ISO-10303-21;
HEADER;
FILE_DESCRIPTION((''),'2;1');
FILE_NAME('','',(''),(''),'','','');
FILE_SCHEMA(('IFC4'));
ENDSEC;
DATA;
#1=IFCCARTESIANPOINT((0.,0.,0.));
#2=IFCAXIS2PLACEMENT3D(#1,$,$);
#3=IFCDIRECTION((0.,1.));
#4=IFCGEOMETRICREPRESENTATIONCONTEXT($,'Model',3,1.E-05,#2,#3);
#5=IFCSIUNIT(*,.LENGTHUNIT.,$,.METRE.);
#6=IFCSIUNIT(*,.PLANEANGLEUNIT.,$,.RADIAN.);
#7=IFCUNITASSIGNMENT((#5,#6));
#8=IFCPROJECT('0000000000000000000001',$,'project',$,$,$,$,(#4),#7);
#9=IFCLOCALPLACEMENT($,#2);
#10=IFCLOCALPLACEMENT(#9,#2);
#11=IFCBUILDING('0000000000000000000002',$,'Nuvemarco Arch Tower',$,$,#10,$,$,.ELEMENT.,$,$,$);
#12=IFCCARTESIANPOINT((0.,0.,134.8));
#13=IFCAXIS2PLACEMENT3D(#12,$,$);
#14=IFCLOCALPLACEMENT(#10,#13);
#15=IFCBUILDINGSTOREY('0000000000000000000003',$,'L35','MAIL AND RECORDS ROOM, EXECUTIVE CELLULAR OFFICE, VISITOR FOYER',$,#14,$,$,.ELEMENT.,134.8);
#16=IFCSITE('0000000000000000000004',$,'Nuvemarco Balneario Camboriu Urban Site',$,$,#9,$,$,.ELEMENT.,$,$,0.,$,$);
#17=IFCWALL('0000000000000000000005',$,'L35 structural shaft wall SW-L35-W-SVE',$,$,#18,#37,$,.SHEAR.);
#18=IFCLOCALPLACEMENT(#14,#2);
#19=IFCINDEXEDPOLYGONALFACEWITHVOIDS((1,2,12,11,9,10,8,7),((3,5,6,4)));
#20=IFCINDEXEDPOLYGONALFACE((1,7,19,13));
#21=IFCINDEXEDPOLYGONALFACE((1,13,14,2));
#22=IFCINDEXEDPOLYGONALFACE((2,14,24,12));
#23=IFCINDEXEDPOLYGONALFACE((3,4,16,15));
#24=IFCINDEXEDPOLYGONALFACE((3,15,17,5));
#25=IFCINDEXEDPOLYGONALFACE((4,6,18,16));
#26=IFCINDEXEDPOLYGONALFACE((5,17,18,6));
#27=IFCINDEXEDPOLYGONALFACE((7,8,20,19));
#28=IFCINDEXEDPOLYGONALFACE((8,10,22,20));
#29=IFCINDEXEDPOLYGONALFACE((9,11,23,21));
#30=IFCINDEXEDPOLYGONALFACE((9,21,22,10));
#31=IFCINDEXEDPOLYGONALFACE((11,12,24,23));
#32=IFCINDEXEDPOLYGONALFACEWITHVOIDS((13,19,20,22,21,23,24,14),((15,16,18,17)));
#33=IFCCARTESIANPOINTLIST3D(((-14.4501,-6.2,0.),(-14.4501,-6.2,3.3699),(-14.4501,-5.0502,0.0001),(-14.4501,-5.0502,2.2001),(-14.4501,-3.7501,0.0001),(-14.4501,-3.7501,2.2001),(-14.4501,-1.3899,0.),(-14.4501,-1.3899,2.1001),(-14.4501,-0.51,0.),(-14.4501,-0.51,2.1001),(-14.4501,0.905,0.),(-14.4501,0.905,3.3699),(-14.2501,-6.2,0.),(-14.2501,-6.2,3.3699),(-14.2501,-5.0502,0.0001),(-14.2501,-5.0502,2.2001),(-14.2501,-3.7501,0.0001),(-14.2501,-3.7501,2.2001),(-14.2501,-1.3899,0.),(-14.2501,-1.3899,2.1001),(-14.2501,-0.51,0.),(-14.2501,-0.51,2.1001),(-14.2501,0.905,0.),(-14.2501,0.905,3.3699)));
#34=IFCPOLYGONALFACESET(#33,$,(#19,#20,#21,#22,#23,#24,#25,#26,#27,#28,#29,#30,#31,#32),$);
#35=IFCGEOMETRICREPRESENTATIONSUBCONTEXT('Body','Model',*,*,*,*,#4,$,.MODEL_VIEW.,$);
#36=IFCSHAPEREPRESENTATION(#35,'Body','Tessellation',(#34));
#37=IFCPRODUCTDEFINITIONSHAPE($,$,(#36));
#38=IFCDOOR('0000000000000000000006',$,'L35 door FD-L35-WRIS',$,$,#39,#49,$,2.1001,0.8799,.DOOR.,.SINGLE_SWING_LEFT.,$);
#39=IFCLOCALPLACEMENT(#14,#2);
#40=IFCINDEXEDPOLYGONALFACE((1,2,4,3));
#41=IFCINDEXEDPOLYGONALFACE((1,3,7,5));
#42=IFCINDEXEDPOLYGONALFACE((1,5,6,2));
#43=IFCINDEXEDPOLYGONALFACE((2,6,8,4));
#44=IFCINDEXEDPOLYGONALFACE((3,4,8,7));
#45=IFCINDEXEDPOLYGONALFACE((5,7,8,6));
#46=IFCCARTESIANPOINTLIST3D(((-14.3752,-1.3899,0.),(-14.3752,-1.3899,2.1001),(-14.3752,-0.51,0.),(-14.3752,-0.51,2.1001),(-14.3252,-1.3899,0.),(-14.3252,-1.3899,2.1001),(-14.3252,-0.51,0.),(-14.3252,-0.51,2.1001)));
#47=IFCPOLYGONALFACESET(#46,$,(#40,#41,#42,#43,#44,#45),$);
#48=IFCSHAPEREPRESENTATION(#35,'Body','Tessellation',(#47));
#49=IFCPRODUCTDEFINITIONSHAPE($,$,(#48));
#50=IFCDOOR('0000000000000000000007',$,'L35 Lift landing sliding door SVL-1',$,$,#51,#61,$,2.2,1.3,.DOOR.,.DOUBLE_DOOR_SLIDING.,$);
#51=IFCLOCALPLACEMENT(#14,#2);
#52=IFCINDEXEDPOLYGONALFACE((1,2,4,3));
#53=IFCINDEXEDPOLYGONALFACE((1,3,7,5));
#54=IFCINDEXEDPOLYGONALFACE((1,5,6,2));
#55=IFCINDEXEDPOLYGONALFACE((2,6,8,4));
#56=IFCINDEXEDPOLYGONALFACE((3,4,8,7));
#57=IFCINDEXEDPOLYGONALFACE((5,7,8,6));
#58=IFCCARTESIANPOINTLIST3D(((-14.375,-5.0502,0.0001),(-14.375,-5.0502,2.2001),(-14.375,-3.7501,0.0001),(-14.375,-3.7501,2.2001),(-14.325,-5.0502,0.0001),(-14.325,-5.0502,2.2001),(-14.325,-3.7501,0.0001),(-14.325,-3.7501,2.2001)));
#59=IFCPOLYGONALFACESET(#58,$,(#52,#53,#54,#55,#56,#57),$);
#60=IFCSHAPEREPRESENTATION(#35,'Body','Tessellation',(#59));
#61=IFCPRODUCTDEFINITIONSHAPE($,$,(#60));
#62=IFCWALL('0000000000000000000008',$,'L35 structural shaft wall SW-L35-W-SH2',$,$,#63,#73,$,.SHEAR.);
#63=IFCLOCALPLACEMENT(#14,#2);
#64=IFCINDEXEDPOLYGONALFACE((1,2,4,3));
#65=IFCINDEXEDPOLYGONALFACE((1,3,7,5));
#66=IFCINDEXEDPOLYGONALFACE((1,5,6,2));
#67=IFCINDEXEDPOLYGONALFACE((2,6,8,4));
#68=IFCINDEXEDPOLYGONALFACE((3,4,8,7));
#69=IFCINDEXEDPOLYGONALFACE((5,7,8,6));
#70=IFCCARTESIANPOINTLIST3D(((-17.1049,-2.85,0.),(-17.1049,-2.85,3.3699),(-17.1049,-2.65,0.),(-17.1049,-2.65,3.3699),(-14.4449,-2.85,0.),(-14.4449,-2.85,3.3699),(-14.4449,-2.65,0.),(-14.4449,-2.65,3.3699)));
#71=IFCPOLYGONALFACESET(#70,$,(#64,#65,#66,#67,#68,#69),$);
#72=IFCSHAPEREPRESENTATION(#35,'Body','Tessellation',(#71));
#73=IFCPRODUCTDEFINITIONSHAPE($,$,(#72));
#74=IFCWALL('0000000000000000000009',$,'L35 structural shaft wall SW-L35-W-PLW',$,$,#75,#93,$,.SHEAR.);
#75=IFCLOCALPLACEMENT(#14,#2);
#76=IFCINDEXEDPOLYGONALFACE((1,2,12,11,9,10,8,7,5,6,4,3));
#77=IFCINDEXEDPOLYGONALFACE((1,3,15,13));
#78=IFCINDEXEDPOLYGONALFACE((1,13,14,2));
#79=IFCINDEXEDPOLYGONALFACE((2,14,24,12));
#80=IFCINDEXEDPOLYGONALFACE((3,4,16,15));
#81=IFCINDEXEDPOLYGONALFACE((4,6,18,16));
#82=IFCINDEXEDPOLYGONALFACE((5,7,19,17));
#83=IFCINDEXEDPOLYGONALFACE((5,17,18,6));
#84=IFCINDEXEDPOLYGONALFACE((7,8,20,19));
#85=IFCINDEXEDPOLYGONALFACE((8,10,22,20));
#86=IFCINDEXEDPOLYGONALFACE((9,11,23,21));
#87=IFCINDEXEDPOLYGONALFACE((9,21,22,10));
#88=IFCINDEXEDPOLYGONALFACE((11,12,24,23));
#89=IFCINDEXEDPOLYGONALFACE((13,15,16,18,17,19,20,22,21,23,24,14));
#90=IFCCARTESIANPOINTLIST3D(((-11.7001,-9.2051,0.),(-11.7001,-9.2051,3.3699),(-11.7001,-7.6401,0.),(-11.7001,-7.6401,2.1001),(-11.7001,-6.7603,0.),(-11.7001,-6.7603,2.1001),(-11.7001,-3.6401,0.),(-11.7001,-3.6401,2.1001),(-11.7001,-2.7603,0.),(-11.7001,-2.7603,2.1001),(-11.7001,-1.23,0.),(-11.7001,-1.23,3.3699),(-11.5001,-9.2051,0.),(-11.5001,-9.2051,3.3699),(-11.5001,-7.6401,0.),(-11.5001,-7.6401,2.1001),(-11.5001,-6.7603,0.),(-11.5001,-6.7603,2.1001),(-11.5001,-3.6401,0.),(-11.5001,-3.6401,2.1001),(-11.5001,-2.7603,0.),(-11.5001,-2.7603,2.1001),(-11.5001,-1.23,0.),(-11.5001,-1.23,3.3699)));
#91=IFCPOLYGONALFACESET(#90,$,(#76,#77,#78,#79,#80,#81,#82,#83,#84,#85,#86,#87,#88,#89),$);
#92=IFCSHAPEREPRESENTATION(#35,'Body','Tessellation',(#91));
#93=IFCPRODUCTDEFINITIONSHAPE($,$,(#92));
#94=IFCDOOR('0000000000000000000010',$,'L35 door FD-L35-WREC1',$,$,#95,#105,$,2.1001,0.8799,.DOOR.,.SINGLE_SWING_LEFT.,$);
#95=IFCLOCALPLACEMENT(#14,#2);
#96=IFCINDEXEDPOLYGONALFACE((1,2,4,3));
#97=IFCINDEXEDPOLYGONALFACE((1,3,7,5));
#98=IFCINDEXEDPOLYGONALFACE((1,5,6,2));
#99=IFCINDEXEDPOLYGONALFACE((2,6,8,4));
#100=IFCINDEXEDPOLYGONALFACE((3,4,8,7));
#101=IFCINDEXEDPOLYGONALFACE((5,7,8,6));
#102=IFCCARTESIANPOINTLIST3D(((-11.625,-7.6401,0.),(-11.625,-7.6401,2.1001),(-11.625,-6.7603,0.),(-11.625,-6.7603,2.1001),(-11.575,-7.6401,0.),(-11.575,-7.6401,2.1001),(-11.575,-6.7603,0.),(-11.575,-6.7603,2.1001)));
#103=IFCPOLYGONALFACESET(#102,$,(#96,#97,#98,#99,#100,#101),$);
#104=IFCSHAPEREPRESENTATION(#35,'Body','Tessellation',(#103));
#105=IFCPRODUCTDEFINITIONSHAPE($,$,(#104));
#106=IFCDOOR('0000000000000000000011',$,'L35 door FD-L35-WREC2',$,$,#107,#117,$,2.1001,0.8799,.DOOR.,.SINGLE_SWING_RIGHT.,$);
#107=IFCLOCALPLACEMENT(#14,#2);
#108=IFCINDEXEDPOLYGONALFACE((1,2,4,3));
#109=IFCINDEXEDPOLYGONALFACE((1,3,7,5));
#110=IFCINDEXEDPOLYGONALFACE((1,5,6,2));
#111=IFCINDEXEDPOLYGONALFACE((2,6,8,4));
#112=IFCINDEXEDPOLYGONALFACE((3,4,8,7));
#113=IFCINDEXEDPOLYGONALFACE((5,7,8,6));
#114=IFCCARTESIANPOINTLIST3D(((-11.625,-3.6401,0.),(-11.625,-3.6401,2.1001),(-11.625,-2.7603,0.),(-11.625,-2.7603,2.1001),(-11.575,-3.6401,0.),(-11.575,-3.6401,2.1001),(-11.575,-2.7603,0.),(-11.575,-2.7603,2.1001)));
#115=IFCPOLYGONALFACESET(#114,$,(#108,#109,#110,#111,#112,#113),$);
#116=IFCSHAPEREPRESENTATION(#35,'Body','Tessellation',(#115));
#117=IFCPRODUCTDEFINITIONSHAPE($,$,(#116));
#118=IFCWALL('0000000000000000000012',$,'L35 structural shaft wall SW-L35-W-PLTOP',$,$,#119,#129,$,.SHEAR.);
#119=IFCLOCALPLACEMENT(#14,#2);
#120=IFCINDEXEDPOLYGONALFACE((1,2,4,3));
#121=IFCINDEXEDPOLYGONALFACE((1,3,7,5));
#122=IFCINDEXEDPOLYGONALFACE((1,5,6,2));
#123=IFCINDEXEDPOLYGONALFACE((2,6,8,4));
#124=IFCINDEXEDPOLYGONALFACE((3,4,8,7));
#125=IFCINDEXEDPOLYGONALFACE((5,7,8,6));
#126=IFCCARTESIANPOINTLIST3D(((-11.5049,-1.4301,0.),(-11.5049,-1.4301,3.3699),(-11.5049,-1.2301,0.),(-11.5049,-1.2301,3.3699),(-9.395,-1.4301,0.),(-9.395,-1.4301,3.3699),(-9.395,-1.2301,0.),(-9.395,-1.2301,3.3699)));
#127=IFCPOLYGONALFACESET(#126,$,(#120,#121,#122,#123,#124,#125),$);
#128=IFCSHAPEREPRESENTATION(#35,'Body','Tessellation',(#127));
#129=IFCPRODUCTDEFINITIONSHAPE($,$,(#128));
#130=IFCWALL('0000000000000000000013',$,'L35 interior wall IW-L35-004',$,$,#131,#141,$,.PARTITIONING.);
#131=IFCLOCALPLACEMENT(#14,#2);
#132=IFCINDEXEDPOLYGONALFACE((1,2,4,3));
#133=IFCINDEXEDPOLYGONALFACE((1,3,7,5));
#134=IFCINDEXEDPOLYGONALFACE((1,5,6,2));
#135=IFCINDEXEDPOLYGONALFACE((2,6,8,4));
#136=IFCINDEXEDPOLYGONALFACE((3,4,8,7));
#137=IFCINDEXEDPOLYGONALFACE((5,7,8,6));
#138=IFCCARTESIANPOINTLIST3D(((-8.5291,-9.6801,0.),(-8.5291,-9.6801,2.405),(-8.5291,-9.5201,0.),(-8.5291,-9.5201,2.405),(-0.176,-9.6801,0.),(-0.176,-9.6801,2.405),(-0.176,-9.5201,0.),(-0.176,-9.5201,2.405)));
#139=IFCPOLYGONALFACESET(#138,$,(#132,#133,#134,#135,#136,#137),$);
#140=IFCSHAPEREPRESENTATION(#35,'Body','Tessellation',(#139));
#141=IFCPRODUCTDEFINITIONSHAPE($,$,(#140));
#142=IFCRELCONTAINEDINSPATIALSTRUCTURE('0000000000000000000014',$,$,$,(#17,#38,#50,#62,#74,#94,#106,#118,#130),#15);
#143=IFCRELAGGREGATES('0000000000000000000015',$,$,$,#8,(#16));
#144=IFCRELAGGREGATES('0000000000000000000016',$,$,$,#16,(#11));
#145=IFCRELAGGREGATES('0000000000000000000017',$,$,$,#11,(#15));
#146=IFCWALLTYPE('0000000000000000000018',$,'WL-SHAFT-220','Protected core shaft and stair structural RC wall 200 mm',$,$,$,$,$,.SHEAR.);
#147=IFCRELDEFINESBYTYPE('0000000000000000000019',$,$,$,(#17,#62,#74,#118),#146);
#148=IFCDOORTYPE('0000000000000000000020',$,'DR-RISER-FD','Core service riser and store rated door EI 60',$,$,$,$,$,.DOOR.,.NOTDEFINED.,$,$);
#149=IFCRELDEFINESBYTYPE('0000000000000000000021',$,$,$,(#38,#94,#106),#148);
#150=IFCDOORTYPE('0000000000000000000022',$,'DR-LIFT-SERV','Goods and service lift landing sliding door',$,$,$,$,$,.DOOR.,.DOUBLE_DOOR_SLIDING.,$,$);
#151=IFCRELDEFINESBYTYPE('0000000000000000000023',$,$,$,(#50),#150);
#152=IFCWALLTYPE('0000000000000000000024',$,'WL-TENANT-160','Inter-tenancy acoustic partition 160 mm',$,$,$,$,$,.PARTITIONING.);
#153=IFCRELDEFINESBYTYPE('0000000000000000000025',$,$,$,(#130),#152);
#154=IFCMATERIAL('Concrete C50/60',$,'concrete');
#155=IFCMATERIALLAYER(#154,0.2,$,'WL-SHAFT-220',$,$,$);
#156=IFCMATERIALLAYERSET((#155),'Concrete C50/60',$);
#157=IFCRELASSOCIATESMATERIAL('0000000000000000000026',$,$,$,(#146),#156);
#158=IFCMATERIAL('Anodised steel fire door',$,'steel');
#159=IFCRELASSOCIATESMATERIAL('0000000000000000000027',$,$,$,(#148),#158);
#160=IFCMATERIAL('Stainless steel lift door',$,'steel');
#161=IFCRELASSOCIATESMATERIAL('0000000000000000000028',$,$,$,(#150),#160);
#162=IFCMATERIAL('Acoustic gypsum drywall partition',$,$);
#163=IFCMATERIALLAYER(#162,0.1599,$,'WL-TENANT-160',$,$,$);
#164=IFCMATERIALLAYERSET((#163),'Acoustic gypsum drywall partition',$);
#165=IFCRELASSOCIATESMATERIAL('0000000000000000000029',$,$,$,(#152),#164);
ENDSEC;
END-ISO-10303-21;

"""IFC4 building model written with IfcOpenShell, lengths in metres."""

from ifc_helpers import new_model, si_unit, direction, frame, frame_2d, origin, place, context, subcontext, project, spatial, rectangle, extrude, source, transform, mapped, material, layer, layer_set, type_object, type_shapes, element, fill, save


model = new_model("IFC4")

# Units and contexts
model_context = context("Model", 3, precision=1e-05, world=origin(), true_north=direction((0.0, 1.0)))
body_context = subcontext(model_context, "Body", "Model", "MODEL_VIEW")
ifc_project = project(units=[si_unit("LENGTHUNIT", "METRE"), si_unit("PLANEANGLEUNIT", "RADIAN")], contexts=[model_context])

# Site, building, storey
site_placement = place(None, origin())
site = spatial("IfcSite", under=ifc_project, at=site_placement, Name="Nuvemarco Balneario Camboriu Urban Site", CompositionType="ELEMENT", RefElevation=0.0)
building_placement = place(site_placement, origin())
building = spatial("IfcBuilding", under=site, at=building_placement, Name="Nuvemarco Arch Tower", CompositionType="ELEMENT")
storey_placement = place(building_placement, frame((0.0, 0.0, 134.8)))
storey = spatial("IfcBuildingStorey", under=building, at=storey_placement, Name="L35", Description="MAIL AND RECORDS ROOM, EXECUTIVE CELLULAR OFFICE, VISITOR FOYER", CompositionType="ELEMENT", Elevation=134.8)

# Shared definitions
ifc_material_1 = material(Name="Concrete C50/60", Category="concrete")

# Shared definitions
ifc_material_2 = material(Name="Anodised steel fire door", Category="steel")

# Shared definitions
ifc_layer_1 = layer(ifc_material_1, 0.2, Name="WL-SHAFT-220")
ifc_layer_set_1 = layer_set([ifc_layer_1], Name="Concrete C50/60")
wall_type_1 = type_object("IfcWallType", Name="WL-SHAFT-220", Description="Protected core shaft and stair structural RC wall 200 mm", PredefinedType="SHEAR", material=ifc_layer_set_1)
ifc_material_3 = material(Name="Stainless steel lift door", Category="steel")

# Wall, openings, doors
wall_1_placement = place(storey_placement, frame((-14.3501, -6.2, 0.0), z_axis=(0.0, 0.0, 1.0), x_axis=(0.0, 1.0, 0.0)))
wall_1 = element("IfcWall", 1, at=wall_1_placement, inside=storey, type_object=wall_type_1, Name="L35 structural shaft wall SW-L35-W-SVE", PredefinedType="SHEAR", context=body_context, shape_type="SweptSolid", body=[
    extrude(rectangle(XDim=7.105, YDim=0.2, at=frame_2d((3.5525, 0.0))), origin(), (0.0, 0.0, 1.0), 3.3699),
])
opening_1_placement = place(wall_1_placement, frame((5.6899, 0.0, 0.0), z_axis=(0.0, 0.0, 1.0), x_axis=(-1.0, 0.0, 0.0)))
opening_1 = element("IfcOpeningElement", 2, at=opening_1_placement, cuts=wall_1, PredefinedType="OPENING", context=body_context, shape_type="SweptSolid", body=[
    extrude(rectangle(XDim=0.8799, YDim=2.1001, at=frame_2d((0.4399, 1.05))), frame((0.0, 0.1099, 0.0), z_axis=(0.0, -1.0, 0.0), x_axis=(1.0, 0.0, 0.0)), (0.0, 0.0, 1.0), 0.22),
])
opening_2_placement = place(wall_1_placement, frame((1.1499, 0.0, 0.0)))
opening_2 = element("IfcOpeningElement", 3, at=opening_2_placement, cuts=wall_1, PredefinedType="OPENING", context=body_context, shape_type="SweptSolid", body=[
    extrude(rectangle(XDim=1.3, YDim=2.2, at=frame_2d((0.6499, 1.1001))), frame((0.0, 0.1099, 0.0), z_axis=(0.0, -1.0, 0.0), x_axis=(1.0, 0.0, 0.0)), (0.0, 0.0, 1.0), 0.22),
])
door_type_1 = type_object("IfcDoorType", Name="DR-RISER-FD", Description="Core service riser and store rated door EI 60", OperationType="NOTDEFINED", PredefinedType="DOOR", material=ifc_material_2)
shared_shape_1 = source(origin(), body_context, "Body", "SweptSolid", [
    extrude(rectangle(XDim=0.8799, YDim=2.1001, at=frame_2d((0.4399, 1.05))), frame((0.0, 0.0249, 0.0), z_axis=(0.0, -1.0, 0.0), x_axis=(1.0, 0.0, 0.0)), (0.0, 0.0, 1.0), 0.05),
])
type_shapes(door_type_1, [shared_shape_1])
door_1_placement = place(opening_1_placement, origin())
door_1 = element("IfcDoor", 4, at=door_1_placement, inside=storey, type_object=door_type_1, Name="L35 door FD-L35-WRIS", OperationType="SINGLE_SWING_LEFT", OverallHeight=2.1001, OverallWidth=0.8799, PredefinedType="DOOR", context=body_context, shape_type="MappedRepresentation", body=[
    mapped(shared_shape_1, transform((0.0, 0.0, 0.0), scale=1.0)),
])
fill(opening_1, door_1)
door_type_2 = type_object("IfcDoorType", Name="DR-LIFT-SERV", Description="Goods and service lift landing sliding door", OperationType="DOUBLE_DOOR_SLIDING", PredefinedType="DOOR", material=ifc_material_3)
shared_shape_2 = source(origin(), body_context, "Body", "SweptSolid", [
    extrude(rectangle(XDim=1.3, YDim=2.2, at=frame_2d((0.6499, 1.1001))), frame((0.0, 0.0249, 0.0), z_axis=(0.0, -1.0, 0.0), x_axis=(1.0, 0.0, 0.0)), (0.0, 0.0, 1.0), 0.05),
])
type_shapes(door_type_2, [shared_shape_2])
door_2_placement = place(opening_2_placement, origin())
door_2 = element("IfcDoor", 5, at=door_2_placement, inside=storey, type_object=door_type_2, Name="L35 Lift landing sliding door SVL-1", OperationType="DOUBLE_DOOR_SLIDING", OverallHeight=2.2, OverallWidth=1.3, PredefinedType="DOOR", context=body_context, shape_type="MappedRepresentation", body=[
    mapped(shared_shape_2, transform((0.0, 0.0, 0.0), scale=1.0)),
])
fill(opening_2, door_2)

# Wall
wall_2_placement = place(storey_placement, frame((-17.105, -2.75, 0.0), z_axis=(0.0, 0.0, 1.0), x_axis=(1.0, 0.0, 0.0)))
element("IfcWall", 6, at=wall_2_placement, inside=storey, type_object=wall_type_1, Name="L35 structural shaft wall SW-L35-W-SH2", PredefinedType="SHEAR", context=body_context, shape_type="SweptSolid", body=[
    extrude(rectangle(XDim=2.6599, YDim=0.2, at=frame_2d((1.3301, 0.0))), origin(), (0.0, 0.0, 1.0), 3.3699),
])

# Wall, openings, doors
wall_3_placement = place(storey_placement, frame((-11.6001, -9.2051, 0.0), z_axis=(0.0, 0.0, 1.0), x_axis=(0.0, 1.0, 0.0)))
wall_3 = element("IfcWall", 7, at=wall_3_placement, inside=storey, type_object=wall_type_1, Name="L35 structural shaft wall SW-L35-W-PLW", PredefinedType="SHEAR", context=body_context, shape_type="SweptSolid", body=[
    extrude(rectangle(XDim=7.9751, YDim=0.2, at=frame_2d((3.9875, 0.0))), origin(), (0.0, 0.0, 1.0), 3.3699),
])
opening_3_placement = place(wall_3_placement, frame((1.5649, 0.0, 0.0)))
opening_3 = element("IfcOpeningElement", 8, at=opening_3_placement, cuts=wall_3, PredefinedType="OPENING", context=body_context, shape_type="SweptSolid", body=[
    extrude(rectangle(XDim=0.8799, YDim=2.1001, at=frame_2d((0.4399, 1.05))), frame((0.0, 0.1099, 0.0), z_axis=(0.0, -1.0, 0.0), x_axis=(1.0, 0.0, 0.0)), (0.0, 0.0, 1.0), 0.22),
])
opening_4_placement = place(wall_3_placement, frame((5.5649, 0.0, 0.0)))
opening_4 = element("IfcOpeningElement", 9, at=opening_4_placement, cuts=wall_3, PredefinedType="OPENING", context=body_context, shape_type="SweptSolid", body=[
    extrude(rectangle(XDim=0.8799, YDim=2.1001, at=frame_2d((0.4399, 1.05))), frame((0.0, 0.1099, 0.0), z_axis=(0.0, -1.0, 0.0), x_axis=(1.0, 0.0, 0.0)), (0.0, 0.0, 1.0), 0.22),
])
door_3_placement = place(opening_3_placement, origin())
door_3 = element("IfcDoor", 10, at=door_3_placement, inside=storey, type_object=door_type_1, Name="L35 door FD-L35-WREC1", OperationType="SINGLE_SWING_LEFT", OverallHeight=2.1001, OverallWidth=0.8799, PredefinedType="DOOR", context=body_context, shape_type="MappedRepresentation", body=[
    mapped(shared_shape_1, transform((0.0, 0.0, 0.0), scale=1.0)),
])
fill(opening_3, door_3)
door_4_placement = place(opening_4_placement, origin())
door_4 = element("IfcDoor", 11, at=door_4_placement, inside=storey, type_object=door_type_1, Name="L35 door FD-L35-WREC2", OperationType="SINGLE_SWING_RIGHT", OverallHeight=2.1001, OverallWidth=0.8799, PredefinedType="DOOR", context=body_context, shape_type="MappedRepresentation", body=[
    mapped(shared_shape_1, transform((0.0, 0.0, 0.0), scale=1.0)),
])
fill(opening_4, door_4)

# Walls
wall_4_placement = place(storey_placement, frame((-11.5049, -1.3301, 0.0), z_axis=(0.0, 0.0, 1.0), x_axis=(1.0, 0.0, 0.0)))
element("IfcWall", 12, at=wall_4_placement, inside=storey, type_object=wall_type_1, Name="L35 structural shaft wall SW-L35-W-PLTOP", PredefinedType="SHEAR", context=body_context, shape_type="SweptSolid", body=[
    extrude(rectangle(XDim=2.1099, YDim=0.2, at=frame_2d((1.0549, 0.0))), origin(), (0.0, 0.0, 1.0), 3.3699),
])
ifc_material_4 = material(Name="Acoustic gypsum drywall partition")
ifc_layer_2 = layer(ifc_material_4, 0.1599, Name="WL-TENANT-160")
ifc_layer_set_2 = layer_set([ifc_layer_2], Name="Acoustic gypsum drywall partition")
wall_type_2 = type_object("IfcWallType", Name="WL-TENANT-160", Description="Inter-tenancy acoustic partition 160 mm", PredefinedType="PARTITIONING", material=ifc_layer_set_2)
wall_5_placement = place(storey_placement, frame((-8.5291, -9.6001, 0.0), z_axis=(0.0, 0.0, 1.0), x_axis=(1.0, 0.0, 0.0)))
element("IfcWall", 13, at=wall_5_placement, inside=storey, type_object=wall_type_2, Name="L35 interior wall IW-L35-004", PredefinedType="PARTITIONING", context=body_context, shape_type="SweptSolid", body=[
    extrude(rectangle(XDim=8.353, YDim=0.1599, at=frame_2d((4.1765, 0.0))), origin(), (0.0, 0.0, 1.0), 2.405),
])

save(model, "model.ifc")
